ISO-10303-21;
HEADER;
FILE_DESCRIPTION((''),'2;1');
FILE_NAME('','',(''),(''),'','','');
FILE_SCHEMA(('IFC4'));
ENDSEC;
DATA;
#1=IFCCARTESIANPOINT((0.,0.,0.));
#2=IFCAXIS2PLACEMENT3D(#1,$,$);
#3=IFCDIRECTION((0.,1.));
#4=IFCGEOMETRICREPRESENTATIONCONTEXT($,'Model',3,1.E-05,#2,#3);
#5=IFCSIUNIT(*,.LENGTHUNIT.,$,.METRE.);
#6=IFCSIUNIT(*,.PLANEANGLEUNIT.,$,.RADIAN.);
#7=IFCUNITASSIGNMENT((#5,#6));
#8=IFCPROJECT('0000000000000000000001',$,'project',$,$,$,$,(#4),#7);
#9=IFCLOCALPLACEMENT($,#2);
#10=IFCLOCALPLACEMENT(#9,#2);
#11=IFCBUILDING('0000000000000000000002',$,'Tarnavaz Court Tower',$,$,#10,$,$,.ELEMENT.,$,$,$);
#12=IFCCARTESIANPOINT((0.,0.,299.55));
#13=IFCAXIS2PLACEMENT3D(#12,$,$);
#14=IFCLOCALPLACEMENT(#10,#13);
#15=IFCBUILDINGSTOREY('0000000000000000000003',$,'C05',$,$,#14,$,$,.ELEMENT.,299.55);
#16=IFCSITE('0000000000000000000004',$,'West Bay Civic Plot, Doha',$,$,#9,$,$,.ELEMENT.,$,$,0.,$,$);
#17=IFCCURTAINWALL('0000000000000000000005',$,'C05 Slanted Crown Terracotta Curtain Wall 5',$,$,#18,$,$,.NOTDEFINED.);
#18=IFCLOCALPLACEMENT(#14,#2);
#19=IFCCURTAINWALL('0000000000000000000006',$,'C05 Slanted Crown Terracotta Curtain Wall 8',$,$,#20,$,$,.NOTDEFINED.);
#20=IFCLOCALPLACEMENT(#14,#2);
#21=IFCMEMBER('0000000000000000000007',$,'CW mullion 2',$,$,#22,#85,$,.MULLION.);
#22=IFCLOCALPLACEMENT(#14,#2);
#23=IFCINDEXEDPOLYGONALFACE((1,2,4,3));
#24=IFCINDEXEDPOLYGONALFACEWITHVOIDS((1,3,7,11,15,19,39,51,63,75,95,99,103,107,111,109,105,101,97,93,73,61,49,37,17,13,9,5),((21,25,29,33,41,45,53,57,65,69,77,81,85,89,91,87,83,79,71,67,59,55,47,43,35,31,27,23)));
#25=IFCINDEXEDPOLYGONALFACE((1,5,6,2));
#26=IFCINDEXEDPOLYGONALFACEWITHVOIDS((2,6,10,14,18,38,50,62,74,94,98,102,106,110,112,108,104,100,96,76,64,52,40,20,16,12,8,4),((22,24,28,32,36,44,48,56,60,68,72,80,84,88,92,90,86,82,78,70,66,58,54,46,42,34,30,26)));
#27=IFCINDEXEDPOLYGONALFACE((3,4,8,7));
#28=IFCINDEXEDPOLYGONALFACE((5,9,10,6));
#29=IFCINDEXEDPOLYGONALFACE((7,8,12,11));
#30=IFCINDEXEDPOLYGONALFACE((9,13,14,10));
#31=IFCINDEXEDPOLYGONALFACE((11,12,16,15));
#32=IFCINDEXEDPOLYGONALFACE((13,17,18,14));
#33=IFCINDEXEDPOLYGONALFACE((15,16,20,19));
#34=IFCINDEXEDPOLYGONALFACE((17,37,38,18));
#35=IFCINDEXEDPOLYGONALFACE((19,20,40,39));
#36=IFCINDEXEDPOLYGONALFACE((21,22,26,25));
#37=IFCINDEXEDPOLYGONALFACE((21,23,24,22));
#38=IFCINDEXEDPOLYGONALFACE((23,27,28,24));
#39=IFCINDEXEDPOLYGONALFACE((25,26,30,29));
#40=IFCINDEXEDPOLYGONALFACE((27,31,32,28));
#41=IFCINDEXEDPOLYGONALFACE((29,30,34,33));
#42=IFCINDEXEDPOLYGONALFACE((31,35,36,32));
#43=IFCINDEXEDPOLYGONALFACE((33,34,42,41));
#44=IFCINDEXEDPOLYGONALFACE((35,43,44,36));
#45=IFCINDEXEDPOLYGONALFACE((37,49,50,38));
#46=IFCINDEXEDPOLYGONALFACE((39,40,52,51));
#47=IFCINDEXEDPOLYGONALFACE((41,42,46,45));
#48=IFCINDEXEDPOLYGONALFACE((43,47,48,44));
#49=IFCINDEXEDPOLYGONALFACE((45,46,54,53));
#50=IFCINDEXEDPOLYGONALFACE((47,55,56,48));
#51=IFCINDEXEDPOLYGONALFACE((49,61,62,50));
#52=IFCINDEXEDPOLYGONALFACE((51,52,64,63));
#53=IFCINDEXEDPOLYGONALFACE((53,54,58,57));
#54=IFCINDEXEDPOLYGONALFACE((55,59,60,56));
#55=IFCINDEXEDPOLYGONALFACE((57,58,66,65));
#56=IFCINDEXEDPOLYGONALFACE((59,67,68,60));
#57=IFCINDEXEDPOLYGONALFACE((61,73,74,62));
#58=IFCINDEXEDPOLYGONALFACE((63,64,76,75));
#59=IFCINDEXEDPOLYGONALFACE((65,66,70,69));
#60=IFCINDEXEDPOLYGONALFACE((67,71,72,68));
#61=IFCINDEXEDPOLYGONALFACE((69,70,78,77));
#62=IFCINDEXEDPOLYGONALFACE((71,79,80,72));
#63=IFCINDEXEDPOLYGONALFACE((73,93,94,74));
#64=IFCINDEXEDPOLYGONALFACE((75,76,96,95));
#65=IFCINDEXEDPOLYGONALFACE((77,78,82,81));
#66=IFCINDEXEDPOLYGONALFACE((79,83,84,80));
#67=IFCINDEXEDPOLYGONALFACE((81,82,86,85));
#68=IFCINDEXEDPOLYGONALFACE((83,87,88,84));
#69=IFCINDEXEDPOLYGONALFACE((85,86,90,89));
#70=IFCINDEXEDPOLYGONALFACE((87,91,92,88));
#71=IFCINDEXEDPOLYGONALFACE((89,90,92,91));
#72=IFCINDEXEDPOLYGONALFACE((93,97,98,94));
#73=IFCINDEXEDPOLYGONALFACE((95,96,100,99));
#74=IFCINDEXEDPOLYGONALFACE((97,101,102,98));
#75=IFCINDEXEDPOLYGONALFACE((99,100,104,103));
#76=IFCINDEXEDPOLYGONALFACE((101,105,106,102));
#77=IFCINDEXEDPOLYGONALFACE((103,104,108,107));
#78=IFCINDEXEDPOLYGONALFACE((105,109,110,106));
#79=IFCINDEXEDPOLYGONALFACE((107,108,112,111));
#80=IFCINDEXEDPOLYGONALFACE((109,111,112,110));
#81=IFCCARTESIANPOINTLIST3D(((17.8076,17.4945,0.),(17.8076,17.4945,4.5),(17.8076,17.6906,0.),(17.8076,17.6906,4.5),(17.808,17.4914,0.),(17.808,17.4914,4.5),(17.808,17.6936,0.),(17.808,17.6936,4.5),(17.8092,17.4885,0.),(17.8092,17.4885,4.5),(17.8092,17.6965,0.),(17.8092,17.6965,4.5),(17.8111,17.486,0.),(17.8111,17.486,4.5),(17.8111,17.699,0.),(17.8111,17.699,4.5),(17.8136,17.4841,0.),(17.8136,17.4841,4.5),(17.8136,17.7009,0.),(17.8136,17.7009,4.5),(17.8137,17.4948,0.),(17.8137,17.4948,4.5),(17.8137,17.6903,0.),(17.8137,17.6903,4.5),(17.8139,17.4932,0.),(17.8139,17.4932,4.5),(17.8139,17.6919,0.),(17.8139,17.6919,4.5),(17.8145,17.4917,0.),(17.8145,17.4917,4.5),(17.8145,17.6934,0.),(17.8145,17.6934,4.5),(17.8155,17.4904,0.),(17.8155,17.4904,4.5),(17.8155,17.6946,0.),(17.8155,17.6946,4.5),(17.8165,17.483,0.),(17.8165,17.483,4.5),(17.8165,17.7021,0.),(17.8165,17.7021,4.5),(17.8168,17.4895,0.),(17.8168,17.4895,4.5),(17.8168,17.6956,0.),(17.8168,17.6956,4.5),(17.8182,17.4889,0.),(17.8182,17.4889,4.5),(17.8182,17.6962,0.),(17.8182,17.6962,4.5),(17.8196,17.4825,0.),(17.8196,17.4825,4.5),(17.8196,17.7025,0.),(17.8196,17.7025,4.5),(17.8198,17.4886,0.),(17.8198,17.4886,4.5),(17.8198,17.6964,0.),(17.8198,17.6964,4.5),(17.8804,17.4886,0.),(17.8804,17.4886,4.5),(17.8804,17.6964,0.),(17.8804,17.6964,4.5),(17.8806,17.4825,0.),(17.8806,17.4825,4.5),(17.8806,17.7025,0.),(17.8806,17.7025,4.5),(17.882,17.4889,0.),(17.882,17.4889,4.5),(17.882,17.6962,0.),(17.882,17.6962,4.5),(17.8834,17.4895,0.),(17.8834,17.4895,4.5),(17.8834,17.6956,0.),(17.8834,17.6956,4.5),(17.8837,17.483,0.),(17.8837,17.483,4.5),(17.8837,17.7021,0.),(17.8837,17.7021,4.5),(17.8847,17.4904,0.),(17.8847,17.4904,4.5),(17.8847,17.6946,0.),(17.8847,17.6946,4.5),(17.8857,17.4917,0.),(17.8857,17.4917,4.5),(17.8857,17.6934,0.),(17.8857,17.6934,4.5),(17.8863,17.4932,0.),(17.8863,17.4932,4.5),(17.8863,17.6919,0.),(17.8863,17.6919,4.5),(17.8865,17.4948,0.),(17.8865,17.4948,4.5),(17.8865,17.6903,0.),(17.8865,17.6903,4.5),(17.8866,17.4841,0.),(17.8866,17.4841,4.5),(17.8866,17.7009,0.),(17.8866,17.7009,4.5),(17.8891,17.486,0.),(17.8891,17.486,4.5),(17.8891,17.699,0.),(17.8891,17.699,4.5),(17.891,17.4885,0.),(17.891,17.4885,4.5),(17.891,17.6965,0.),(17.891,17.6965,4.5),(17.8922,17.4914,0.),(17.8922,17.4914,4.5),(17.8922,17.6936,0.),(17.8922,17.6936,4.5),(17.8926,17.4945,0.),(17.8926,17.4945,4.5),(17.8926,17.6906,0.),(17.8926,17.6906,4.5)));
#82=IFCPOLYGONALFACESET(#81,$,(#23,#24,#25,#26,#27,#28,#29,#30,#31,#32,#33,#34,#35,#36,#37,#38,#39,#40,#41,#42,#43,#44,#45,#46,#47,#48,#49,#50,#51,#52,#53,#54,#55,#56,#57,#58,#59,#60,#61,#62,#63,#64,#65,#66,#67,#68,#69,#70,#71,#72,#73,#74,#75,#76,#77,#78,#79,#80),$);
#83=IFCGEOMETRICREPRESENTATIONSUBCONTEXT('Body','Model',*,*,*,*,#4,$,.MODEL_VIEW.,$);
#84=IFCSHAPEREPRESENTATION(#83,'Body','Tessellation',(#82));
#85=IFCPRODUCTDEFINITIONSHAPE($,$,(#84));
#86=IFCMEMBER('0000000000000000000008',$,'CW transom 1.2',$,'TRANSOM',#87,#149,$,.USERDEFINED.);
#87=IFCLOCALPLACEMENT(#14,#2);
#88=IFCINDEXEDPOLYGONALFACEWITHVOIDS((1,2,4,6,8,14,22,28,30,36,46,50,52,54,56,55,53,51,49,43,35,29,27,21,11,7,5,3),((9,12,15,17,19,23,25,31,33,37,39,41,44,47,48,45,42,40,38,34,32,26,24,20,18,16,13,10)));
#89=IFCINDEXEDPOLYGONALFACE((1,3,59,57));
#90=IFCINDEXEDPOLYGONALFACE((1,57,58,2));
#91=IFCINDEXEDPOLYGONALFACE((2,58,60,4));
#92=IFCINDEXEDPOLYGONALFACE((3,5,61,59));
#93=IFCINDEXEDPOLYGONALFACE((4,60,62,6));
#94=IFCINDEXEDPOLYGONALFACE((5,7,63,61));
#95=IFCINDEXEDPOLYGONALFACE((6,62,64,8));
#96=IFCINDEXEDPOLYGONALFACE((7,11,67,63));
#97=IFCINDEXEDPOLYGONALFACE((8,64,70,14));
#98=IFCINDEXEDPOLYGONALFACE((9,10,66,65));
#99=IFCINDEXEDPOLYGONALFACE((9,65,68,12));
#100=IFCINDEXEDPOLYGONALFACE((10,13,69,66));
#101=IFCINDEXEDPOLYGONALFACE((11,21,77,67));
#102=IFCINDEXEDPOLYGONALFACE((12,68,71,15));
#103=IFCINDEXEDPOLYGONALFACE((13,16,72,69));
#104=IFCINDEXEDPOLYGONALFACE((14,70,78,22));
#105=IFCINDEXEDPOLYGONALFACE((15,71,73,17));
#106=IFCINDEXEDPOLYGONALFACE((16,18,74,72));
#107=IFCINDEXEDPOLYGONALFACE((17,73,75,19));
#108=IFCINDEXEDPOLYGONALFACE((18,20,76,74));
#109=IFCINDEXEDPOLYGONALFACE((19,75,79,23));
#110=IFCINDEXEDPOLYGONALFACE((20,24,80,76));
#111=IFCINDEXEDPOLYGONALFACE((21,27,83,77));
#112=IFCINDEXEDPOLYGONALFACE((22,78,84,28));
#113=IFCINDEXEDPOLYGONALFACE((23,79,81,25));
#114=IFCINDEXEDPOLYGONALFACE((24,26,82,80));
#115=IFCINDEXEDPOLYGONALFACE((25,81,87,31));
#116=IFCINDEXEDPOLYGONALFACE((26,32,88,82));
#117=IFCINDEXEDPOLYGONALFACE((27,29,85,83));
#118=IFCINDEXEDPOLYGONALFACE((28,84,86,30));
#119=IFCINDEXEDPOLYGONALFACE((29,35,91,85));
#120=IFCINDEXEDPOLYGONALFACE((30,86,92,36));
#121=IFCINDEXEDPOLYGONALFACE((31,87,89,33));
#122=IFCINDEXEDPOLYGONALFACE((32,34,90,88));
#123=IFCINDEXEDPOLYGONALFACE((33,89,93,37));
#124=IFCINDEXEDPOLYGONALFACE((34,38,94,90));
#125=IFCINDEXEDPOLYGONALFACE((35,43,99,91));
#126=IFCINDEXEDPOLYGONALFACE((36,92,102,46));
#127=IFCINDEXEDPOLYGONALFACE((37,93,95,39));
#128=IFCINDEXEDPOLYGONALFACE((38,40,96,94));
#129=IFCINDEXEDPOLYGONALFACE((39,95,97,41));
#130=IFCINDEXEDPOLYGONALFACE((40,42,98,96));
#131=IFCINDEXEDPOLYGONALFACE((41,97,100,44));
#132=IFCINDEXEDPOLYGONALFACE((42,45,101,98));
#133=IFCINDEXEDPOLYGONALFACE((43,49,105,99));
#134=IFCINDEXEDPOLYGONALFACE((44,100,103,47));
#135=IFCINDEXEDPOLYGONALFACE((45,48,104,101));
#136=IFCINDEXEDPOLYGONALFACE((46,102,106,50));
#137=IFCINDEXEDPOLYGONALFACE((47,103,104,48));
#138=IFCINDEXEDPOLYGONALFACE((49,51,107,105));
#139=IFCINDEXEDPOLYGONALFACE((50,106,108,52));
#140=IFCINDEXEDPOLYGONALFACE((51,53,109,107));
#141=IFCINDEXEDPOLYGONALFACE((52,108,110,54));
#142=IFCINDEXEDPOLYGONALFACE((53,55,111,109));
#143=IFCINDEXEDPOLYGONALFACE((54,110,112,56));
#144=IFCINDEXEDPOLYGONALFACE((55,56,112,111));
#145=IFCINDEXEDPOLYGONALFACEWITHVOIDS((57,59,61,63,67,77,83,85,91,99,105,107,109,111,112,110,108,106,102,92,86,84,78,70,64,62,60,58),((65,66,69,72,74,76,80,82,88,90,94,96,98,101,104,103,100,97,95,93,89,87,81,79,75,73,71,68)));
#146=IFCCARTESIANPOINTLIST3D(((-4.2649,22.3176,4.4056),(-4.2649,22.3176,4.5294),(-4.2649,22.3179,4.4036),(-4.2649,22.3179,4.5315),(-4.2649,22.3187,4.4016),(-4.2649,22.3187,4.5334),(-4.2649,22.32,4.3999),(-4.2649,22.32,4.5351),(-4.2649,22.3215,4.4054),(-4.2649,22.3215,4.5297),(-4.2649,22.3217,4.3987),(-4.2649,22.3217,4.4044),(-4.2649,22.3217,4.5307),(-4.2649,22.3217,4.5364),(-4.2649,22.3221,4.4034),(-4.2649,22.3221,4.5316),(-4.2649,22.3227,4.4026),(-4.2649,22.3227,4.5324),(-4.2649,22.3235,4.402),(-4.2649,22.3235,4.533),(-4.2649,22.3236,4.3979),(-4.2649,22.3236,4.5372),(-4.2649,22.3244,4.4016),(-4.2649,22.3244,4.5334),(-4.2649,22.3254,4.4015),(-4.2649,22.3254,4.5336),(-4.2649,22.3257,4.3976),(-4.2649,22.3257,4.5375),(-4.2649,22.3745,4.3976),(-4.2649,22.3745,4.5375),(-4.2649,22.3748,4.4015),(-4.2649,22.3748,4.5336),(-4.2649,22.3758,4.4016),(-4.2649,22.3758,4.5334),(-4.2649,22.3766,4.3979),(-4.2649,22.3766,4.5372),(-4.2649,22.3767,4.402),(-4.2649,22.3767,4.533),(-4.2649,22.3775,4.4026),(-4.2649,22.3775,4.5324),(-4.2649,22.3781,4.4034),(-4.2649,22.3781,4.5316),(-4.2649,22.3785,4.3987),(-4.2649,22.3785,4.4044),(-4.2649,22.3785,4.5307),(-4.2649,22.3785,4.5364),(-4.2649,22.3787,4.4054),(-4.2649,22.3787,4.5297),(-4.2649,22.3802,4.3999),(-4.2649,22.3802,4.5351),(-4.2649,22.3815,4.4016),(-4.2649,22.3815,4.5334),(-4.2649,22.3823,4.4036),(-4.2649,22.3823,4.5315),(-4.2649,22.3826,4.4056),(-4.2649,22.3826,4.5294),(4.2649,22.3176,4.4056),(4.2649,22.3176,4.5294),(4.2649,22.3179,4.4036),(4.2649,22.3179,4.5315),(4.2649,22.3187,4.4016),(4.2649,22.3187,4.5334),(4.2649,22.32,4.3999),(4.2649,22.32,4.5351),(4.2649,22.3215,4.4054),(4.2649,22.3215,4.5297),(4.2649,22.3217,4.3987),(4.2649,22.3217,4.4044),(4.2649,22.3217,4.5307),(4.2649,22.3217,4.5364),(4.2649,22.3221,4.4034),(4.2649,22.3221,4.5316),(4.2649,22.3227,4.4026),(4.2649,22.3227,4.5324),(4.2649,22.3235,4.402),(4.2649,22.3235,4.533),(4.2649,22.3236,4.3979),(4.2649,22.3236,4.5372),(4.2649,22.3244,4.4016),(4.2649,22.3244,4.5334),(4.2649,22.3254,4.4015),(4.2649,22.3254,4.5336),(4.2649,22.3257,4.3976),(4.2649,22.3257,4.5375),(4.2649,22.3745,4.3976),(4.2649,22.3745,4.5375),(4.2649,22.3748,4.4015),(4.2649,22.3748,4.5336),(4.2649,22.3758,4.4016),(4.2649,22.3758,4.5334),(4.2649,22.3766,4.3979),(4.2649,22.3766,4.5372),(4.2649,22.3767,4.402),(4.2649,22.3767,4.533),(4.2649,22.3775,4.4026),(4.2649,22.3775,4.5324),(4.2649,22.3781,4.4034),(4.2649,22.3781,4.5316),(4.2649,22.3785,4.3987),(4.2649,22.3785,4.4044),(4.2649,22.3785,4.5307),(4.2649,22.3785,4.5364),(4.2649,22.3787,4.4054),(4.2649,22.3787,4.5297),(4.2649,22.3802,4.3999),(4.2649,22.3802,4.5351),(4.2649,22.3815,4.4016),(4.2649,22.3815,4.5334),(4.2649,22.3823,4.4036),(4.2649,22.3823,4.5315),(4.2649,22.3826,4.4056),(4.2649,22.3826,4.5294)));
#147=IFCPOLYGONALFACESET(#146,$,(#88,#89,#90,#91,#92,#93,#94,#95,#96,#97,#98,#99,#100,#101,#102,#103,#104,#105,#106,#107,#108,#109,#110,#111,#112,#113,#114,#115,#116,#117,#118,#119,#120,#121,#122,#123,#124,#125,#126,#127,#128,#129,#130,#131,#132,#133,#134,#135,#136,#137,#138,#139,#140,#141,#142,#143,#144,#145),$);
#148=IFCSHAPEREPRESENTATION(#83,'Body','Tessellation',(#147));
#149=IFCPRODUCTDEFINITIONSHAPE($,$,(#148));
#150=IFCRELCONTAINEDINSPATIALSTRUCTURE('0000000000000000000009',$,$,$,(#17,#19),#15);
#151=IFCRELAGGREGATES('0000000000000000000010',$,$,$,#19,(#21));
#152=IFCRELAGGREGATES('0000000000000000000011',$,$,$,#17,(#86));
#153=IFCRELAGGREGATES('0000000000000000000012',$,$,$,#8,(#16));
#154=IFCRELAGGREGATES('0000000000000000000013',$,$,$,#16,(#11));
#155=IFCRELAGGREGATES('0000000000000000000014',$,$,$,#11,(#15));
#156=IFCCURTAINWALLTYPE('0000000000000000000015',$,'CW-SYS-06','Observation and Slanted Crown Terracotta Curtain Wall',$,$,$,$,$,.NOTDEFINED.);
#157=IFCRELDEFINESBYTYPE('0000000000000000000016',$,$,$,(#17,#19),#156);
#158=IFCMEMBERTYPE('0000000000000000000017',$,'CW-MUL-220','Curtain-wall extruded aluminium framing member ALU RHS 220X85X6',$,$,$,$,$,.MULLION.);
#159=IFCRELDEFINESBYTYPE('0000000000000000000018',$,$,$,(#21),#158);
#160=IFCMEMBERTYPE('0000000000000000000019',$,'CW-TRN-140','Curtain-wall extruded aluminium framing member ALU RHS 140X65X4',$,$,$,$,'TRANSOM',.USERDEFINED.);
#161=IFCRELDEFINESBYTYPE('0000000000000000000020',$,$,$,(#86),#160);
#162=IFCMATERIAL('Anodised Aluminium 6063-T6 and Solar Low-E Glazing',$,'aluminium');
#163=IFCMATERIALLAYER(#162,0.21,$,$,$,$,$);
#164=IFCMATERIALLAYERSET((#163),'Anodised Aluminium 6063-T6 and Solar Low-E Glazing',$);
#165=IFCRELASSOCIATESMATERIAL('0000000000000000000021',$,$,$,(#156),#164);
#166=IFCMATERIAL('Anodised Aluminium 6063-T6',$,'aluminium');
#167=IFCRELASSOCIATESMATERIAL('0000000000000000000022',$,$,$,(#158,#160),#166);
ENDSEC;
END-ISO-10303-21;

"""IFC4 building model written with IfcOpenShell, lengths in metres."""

from ifc_helpers import new_model, si_unit, direction, frame, origin, origin_2d, place, context, subcontext, project, spatial, hollow_rectangle, extrude, material, layer, layer_set, material_profile, profile_set, type_object, element, aggregate, save


model = new_model("IFC4")

# Units and contexts
model_context = context("Model", 3, precision=1e-05, world=origin(), true_north=direction((0.0, 1.0)))
body_context = subcontext(model_context, "Body", "Model", "MODEL_VIEW")
ifc_project = project(units=[si_unit("LENGTHUNIT", "METRE"), si_unit("PLANEANGLEUNIT", "RADIAN")], contexts=[model_context])

# Site, building, storey
site_placement = place(None, origin())
site = spatial("IfcSite", under=ifc_project, at=site_placement, Name="West Bay Civic Plot, Doha", CompositionType="ELEMENT", RefElevation=0.0)
building_placement = place(site_placement, origin())
building = spatial("IfcBuilding", under=site, at=building_placement, Name="Tarnavaz Court Tower", CompositionType="ELEMENT")
storey_placement = place(building_placement, frame((0.0, 0.0, 299.55)))
storey = spatial("IfcBuildingStorey", under=building, at=storey_placement, Name="C05", CompositionType="ELEMENT", Elevation=299.55)

# Curtain wall
ifc_material_1 = material(Name="Anodised Aluminium 6063-T6 and Solar Low-E Glazing", Category="aluminium")
ifc_layer_1 = layer(ifc_material_1, 0.21)
ifc_layer_set_1 = layer_set([ifc_layer_1], Name="Anodised Aluminium 6063-T6 and Solar Low-E Glazing")
curtain_wall_type = type_object("IfcCurtainWallType", Name="CW-SYS-06", Description="Observation and Slanted Crown Terracotta Curtain Wall", PredefinedType="NOTDEFINED", material=ifc_layer_set_1)
curtain_wall_1_placement = place(storey_placement, origin())
curtain_wall_1 = element("IfcCurtainWall", 1, at=curtain_wall_1_placement, inside=storey, type_object=curtain_wall_type, Name="C05 Slanted Crown Terracotta Curtain Wall 5", PredefinedType="NOTDEFINED")
ifc_material_2 = material(Name="Anodised Aluminium 6063-T6", Category="aluminium")
ifc_material_profile_1 = material_profile(ifc_material_2, hollow_rectangle(XDim=0.085, YDim=0.22, WallThickness=0.0061, InnerFilletRadius=0.0061, OuterFilletRadius=0.012, at=origin_2d()), Name="ALU RHS 220X85X6")
ifc_profile_set_1 = profile_set([ifc_material_profile_1], Name="Anodised Aluminium 6063-T6")
member_type_1 = type_object("IfcMemberType", Name="CW-MUL-220", Description="Curtain-wall extruded aluminium framing member ALU RHS 220X85X6", PredefinedType="MULLION", material=ifc_profile_set_1)

# Curtain wall, member
curtain_wall_2_placement = place(storey_placement, origin())
curtain_wall_2 = element("IfcCurtainWall", 2, at=curtain_wall_2_placement, inside=storey, type_object=curtain_wall_type, Name="C05 Slanted Crown Terracotta Curtain Wall 8", PredefinedType="NOTDEFINED")
member_1_placement = place(storey_placement, frame((17.8501, 17.5925, 0.0), z_axis=(0.0, 0.0, 1.0), x_axis=(1.0, 0.0, 0.0)))
member_1 = element("IfcMember", 3, at=member_1_placement, type_object=member_type_1, Name="CW mullion 2", PredefinedType="MULLION", context=body_context, shape_type="SweptSolid", body=[
    extrude(hollow_rectangle(XDim=0.085, YDim=0.22, WallThickness=0.0061, InnerFilletRadius=0.0061, OuterFilletRadius=0.012, at=origin_2d()), origin(), (0.0, 0.0, 1.0), 4.5),
])
aggregate(curtain_wall_2, [member_1])

# Member
ifc_material_profile_2 = material_profile(ifc_material_2, hollow_rectangle(XDim=0.0649, YDim=0.1399, WallThickness=0.0039, InnerFilletRadius=0.0039, OuterFilletRadius=0.0081, at=origin_2d()), Name="ALU RHS 140X65X4")
ifc_profile_set_2 = profile_set([ifc_material_profile_2], Name="Anodised Aluminium 6063-T6")
member_type_2 = type_object("IfcMemberType", Name="CW-TRN-140", Description="Curtain-wall extruded aluminium framing member ALU RHS 140X65X4", ElementType="TRANSOM", PredefinedType="USERDEFINED", material=ifc_profile_set_2)
member_2_placement = place(storey_placement, frame((-4.2649, 22.3501, 4.4675), z_axis=(1.0, 0.0, 0.0), x_axis=(0.0, 1.0, 0.0)))
member_2 = element("IfcMember", 4, at=member_2_placement, type_object=member_type_2, Name="CW transom 1.2", ObjectType="TRANSOM", PredefinedType="USERDEFINED", context=body_context, shape_type="SweptSolid", body=[
    extrude(hollow_rectangle(XDim=0.0649, YDim=0.1399, WallThickness=0.0039, InnerFilletRadius=0.0039, OuterFilletRadius=0.0081, at=origin_2d()), origin(), (0.0, 0.0, 1.0), 8.5298),
])

aggregate(curtain_wall_1, [member_2])

save(model, "model.ifc")
